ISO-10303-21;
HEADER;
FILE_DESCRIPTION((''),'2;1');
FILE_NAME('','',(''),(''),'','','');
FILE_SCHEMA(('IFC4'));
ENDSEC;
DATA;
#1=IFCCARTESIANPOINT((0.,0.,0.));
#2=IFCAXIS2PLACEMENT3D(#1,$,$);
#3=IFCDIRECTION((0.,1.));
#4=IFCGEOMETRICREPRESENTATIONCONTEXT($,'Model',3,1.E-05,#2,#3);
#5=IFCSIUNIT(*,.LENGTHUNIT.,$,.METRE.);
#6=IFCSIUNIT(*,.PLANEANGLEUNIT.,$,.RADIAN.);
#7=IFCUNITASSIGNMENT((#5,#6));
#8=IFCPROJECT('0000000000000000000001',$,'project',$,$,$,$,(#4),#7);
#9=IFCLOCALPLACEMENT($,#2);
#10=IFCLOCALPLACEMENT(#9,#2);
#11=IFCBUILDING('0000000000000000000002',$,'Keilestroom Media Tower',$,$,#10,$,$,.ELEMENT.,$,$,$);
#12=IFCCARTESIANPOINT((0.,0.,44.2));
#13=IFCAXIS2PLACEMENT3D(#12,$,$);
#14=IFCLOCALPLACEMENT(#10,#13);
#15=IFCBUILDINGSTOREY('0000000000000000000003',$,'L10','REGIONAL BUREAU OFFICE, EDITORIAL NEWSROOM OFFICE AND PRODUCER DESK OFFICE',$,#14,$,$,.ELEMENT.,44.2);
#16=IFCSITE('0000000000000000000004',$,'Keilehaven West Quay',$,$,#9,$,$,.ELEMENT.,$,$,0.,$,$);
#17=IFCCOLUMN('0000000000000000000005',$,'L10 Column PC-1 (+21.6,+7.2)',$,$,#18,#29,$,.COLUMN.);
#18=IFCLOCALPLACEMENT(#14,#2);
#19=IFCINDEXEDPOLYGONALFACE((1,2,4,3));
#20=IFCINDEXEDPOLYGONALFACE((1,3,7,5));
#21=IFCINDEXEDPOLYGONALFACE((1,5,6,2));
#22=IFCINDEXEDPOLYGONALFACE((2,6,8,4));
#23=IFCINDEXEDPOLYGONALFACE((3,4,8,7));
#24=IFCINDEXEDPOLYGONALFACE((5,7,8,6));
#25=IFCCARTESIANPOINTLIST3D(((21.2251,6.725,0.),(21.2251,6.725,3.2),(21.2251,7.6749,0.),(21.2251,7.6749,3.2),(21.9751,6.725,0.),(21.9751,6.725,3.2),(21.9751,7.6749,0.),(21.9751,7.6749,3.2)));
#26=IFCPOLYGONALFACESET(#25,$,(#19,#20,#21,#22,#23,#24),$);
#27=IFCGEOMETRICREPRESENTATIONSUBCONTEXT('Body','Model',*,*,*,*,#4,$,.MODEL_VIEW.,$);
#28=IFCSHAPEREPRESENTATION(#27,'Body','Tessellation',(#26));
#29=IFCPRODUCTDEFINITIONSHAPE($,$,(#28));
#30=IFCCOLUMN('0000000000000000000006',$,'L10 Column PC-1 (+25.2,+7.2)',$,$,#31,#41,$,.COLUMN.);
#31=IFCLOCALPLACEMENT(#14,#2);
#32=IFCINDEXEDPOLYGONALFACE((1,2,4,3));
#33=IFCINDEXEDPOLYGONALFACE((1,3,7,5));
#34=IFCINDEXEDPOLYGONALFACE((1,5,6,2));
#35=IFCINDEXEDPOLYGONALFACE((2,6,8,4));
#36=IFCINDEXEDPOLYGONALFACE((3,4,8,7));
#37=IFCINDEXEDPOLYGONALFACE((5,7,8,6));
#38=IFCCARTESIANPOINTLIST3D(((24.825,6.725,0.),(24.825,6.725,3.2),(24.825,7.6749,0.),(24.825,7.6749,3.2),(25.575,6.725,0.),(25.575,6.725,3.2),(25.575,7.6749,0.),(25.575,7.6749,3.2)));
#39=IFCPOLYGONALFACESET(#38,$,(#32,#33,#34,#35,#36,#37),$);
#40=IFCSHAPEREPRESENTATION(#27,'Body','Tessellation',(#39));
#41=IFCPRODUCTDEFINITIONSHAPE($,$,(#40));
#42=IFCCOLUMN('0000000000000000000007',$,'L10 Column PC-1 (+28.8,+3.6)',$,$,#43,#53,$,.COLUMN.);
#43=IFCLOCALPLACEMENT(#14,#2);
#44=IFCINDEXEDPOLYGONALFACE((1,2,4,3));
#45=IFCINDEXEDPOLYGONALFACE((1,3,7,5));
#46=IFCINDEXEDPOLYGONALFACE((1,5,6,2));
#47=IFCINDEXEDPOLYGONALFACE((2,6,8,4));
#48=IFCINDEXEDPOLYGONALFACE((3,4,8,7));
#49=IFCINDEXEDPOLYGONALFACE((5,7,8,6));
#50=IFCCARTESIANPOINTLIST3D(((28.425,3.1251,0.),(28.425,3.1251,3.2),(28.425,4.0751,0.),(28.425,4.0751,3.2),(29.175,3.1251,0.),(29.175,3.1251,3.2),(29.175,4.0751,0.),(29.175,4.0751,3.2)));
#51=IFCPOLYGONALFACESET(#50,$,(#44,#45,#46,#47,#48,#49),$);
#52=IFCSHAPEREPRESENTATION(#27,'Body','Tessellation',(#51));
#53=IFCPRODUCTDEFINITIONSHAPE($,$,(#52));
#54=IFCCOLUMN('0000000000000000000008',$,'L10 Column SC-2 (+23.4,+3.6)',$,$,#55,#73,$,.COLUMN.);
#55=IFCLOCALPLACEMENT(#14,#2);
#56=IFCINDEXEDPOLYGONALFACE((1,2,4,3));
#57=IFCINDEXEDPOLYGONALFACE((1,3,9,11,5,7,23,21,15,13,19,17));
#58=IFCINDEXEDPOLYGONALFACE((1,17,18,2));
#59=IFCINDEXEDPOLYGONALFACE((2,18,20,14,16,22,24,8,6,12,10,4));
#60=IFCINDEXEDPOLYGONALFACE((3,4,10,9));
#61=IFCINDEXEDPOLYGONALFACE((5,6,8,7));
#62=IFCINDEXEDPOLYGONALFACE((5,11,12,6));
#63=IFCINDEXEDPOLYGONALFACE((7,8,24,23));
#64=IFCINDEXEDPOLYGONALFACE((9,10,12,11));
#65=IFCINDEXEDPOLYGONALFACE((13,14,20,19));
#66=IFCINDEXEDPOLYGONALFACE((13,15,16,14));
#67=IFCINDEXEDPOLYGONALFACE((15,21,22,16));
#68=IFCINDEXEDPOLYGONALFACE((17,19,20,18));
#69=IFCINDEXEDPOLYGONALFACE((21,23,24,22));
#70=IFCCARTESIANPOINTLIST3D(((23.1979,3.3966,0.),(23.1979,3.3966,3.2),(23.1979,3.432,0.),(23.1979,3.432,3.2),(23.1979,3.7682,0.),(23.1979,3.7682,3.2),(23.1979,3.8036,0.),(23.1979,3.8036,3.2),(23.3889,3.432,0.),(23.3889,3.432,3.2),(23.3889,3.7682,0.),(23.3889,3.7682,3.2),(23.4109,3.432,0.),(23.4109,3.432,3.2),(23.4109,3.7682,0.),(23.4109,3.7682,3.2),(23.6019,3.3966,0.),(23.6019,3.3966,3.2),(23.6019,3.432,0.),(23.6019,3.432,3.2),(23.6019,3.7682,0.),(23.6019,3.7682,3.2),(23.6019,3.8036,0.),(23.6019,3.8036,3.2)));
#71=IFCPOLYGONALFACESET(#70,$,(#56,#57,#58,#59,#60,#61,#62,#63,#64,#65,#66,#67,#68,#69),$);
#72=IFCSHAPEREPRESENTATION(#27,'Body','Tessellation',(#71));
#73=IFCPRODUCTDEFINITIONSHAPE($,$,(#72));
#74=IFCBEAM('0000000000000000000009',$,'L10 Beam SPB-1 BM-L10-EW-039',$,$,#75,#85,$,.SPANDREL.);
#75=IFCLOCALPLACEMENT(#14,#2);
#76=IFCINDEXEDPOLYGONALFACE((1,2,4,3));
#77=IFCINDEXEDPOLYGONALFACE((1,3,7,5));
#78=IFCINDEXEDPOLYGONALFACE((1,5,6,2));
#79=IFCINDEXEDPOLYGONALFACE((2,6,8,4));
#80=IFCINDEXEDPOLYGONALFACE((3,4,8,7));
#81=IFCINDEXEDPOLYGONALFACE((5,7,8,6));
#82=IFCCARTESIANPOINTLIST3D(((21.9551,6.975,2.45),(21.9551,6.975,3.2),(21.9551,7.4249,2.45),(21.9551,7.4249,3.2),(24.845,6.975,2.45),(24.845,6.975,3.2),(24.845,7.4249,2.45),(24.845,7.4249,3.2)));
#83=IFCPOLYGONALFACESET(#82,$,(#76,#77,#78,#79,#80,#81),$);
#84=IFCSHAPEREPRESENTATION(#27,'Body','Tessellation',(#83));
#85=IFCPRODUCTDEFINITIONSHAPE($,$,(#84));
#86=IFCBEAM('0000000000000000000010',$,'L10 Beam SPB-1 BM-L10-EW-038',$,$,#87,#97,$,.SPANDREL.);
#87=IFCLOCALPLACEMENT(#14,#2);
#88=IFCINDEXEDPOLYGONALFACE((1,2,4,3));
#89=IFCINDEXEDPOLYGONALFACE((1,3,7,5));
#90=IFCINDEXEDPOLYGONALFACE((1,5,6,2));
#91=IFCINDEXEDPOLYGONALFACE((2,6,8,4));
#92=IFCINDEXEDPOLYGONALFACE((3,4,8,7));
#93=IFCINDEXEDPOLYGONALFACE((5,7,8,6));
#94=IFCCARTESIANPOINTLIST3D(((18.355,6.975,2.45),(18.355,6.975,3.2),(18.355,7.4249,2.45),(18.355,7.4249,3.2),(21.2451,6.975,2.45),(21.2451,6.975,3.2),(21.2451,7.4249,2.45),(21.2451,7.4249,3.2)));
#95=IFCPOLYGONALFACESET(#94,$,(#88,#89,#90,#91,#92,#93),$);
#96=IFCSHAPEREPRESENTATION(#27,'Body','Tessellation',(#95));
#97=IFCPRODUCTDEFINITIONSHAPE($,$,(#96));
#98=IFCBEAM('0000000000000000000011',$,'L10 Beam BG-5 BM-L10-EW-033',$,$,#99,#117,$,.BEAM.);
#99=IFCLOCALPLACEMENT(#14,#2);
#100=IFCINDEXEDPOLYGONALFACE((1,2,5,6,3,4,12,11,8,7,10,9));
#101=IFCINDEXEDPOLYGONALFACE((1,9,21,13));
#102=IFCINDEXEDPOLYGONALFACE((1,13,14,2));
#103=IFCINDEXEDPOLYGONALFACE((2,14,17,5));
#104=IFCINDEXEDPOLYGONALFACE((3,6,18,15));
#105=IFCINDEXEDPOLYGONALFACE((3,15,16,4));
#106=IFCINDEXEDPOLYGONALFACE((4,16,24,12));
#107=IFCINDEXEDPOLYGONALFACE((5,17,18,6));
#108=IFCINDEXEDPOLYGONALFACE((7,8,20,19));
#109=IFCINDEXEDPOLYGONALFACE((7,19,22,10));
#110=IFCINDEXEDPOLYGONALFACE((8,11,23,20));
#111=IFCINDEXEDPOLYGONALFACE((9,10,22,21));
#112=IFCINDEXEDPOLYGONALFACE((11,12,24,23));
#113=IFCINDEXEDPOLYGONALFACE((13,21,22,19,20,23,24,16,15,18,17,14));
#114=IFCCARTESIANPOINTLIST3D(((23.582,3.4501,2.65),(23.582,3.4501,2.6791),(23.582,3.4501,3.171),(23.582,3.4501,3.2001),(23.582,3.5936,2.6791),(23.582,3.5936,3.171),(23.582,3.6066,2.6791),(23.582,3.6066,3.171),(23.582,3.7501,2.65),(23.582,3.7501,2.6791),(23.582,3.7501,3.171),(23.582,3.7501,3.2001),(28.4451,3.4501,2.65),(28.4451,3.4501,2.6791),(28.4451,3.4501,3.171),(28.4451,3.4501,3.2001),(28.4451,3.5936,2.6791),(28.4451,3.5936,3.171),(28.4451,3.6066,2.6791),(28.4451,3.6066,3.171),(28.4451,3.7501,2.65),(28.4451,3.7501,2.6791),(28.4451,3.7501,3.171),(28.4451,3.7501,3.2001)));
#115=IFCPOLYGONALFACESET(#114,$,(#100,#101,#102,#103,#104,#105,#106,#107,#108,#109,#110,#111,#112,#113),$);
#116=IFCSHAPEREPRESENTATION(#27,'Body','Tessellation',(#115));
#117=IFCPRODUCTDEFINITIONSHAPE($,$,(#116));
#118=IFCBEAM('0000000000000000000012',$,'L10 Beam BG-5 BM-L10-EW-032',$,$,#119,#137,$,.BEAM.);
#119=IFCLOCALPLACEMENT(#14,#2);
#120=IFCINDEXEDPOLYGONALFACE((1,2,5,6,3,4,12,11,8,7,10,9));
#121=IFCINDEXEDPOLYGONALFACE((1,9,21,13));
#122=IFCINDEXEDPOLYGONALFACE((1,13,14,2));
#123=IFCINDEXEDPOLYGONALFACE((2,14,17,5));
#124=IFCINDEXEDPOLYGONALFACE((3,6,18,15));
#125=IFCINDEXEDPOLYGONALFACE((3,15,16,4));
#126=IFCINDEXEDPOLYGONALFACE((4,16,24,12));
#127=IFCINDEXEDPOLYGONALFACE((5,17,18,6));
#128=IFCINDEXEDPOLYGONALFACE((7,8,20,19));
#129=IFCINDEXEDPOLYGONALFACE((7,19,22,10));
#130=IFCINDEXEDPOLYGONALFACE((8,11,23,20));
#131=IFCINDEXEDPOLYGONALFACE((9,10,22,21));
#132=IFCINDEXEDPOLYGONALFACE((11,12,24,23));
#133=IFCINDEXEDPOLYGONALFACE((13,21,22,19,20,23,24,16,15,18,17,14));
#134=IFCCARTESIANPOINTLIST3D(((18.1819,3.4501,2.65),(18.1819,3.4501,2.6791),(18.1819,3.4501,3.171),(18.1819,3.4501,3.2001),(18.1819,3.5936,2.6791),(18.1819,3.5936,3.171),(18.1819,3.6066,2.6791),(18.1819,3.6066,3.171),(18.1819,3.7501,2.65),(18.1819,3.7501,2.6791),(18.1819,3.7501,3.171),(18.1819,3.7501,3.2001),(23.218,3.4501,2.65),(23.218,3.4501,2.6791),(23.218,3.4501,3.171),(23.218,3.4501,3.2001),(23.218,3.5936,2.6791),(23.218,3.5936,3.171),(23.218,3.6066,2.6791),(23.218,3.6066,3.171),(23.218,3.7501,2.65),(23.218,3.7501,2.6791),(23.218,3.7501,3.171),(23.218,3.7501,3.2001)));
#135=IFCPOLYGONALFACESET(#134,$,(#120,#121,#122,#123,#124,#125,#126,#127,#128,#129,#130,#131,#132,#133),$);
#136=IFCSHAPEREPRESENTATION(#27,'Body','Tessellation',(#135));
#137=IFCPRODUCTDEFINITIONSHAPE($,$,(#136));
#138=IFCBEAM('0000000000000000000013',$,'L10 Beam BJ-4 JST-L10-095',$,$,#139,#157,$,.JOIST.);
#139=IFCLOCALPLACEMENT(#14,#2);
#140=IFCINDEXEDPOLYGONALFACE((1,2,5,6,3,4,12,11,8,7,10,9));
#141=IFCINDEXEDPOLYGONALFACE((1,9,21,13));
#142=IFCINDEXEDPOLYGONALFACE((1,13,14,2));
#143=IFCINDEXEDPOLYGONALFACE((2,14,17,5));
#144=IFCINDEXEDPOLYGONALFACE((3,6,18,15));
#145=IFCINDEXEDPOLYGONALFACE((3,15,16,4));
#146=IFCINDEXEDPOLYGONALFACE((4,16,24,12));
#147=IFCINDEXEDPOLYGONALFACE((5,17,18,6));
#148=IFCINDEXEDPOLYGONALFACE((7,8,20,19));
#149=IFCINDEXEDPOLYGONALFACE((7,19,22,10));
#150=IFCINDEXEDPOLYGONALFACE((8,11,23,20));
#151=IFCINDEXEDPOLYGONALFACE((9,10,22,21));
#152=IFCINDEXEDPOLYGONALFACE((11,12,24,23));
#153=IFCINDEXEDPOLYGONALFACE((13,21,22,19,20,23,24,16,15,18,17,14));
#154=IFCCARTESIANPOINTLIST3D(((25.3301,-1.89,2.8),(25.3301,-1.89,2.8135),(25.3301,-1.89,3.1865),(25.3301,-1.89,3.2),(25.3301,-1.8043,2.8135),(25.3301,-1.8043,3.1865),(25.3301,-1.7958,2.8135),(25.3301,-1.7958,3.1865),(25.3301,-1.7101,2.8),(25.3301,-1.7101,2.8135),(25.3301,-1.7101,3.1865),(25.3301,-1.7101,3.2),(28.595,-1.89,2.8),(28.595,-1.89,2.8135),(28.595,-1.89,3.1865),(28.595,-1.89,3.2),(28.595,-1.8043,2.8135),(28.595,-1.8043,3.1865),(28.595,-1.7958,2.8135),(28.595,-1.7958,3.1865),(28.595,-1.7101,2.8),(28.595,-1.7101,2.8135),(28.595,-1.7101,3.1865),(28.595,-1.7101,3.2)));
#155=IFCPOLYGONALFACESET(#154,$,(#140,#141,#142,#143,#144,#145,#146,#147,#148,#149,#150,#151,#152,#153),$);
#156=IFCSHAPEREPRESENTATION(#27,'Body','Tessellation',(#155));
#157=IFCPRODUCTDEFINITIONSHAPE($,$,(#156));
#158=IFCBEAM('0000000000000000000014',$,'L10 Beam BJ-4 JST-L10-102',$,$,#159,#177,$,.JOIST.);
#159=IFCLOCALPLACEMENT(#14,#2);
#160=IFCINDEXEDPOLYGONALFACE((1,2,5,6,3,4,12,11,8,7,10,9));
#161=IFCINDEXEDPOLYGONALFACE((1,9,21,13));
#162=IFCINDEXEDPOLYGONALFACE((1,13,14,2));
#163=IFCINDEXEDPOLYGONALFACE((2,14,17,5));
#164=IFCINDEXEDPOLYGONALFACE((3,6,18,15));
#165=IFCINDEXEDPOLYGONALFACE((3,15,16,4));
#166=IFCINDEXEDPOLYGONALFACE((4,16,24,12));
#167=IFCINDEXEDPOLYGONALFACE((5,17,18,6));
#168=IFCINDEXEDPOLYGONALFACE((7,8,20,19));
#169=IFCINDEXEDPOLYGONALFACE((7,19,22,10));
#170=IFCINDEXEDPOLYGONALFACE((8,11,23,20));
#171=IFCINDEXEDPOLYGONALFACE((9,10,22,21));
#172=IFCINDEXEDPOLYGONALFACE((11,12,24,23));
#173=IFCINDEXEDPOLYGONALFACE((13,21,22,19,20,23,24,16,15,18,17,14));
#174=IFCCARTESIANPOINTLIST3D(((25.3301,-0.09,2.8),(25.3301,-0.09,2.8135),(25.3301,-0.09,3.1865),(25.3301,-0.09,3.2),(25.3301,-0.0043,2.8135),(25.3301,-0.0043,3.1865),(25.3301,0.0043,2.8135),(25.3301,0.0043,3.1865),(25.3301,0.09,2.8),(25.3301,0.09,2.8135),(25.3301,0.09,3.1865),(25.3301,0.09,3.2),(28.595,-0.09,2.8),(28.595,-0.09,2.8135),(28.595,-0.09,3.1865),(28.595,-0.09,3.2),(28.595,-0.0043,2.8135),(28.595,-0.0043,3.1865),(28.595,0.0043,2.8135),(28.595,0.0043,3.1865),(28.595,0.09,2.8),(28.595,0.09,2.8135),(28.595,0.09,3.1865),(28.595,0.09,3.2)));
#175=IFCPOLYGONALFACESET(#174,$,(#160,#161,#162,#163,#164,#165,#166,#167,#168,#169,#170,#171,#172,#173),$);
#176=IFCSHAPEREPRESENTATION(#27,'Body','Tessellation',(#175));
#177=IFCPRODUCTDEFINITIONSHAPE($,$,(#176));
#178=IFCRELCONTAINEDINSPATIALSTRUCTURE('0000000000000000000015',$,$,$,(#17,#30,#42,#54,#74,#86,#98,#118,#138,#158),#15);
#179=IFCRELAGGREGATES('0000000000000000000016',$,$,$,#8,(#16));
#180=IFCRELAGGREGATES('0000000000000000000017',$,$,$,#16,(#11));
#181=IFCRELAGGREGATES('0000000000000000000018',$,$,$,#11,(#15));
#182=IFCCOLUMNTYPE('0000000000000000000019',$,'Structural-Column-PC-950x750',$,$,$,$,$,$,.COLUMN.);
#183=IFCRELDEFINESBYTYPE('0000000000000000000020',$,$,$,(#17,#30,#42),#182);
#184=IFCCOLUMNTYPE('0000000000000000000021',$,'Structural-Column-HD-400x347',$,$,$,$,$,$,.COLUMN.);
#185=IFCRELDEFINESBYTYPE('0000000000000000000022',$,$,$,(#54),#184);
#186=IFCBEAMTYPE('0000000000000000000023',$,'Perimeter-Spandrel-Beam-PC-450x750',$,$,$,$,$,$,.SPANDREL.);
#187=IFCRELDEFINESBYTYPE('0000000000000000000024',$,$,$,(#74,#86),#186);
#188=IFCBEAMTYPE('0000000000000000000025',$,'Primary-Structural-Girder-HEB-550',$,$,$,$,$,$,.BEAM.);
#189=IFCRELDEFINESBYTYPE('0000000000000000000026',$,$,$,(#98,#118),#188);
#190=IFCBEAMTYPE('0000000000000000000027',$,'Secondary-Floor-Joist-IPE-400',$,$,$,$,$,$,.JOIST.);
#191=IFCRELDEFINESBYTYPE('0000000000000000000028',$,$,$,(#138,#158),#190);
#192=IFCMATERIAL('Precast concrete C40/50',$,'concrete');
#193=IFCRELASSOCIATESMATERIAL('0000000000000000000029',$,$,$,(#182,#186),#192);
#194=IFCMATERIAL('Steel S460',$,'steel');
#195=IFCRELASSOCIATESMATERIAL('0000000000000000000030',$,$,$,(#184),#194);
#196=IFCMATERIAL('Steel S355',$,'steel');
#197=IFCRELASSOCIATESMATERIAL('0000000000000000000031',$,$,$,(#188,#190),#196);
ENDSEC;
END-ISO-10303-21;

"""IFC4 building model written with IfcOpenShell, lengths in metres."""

from ifc_helpers import new_model, si_unit, direction, frame, origin, origin_2d, place, context, subcontext, project, spatial, rectangle, i_section, extrude, source, transform, mapped, material, material_profile, profile_set, type_object, element, save


model = new_model("IFC4")

# Units and contexts
model_context = context("Model", 3, precision=1e-05, world=origin(), true_north=direction((0.0, 1.0)))
body_context = subcontext(model_context, "Body", "Model", "MODEL_VIEW")
ifc_project = project(units=[si_unit("LENGTHUNIT", "METRE"), si_unit("PLANEANGLEUNIT", "RADIAN")], contexts=[model_context])

# Site, building, storey
site_placement = place(None, origin())
site = spatial("IfcSite", under=ifc_project, at=site_placement, Name="Keilehaven West Quay", CompositionType="ELEMENT", RefElevation=0.0)
building_placement = place(site_placement, origin())
building = spatial("IfcBuilding", under=site, at=building_placement, Name="Keilestroom Media Tower", CompositionType="ELEMENT")
storey_placement = place(building_placement, frame((0.0, 0.0, 44.2)))
storey = spatial("IfcBuildingStorey", under=building, at=storey_placement, Name="L10", Description="REGIONAL BUREAU OFFICE, EDITORIAL NEWSROOM OFFICE AND PRODUCER DESK OFFICE", CompositionType="ELEMENT", Elevation=44.2)

# Columns
ifc_material_1 = material(Name="Precast concrete C40/50", Category="concrete")
ifc_material_profile_1 = material_profile(ifc_material_1, rectangle(XDim=0.75, YDim=0.95, at=origin_2d()), Name="PC 950x750")
ifc_profile_set_1 = profile_set([ifc_material_profile_1], Name="Precast concrete C40/50")
column_type_1 = type_object("IfcColumnType", Name="Structural-Column-PC-950x750", PredefinedType="COLUMN", material=ifc_profile_set_1)
shared_shape_1 = source(origin(), body_context, "Body", "SweptSolid", [
    extrude(rectangle(XDim=0.75, YDim=0.95, at=origin_2d()), origin(), (0.0, 0.0, 1.0), 3.2),
])
for number, where, z_axis, x_axis, name in (
    (1, (21.6001, 7.2, 0.0), (0.0, 0.0, 1.0), (1.0, 0.0, 0.0), "L10 Column PC-1 (+21.6,+7.2)"),
    (2, (25.2, 7.2, 0.0), (0.0, 0.0, 1.0), (1.0, 0.0, 0.0), "L10 Column PC-1 (+25.2,+7.2)"),
    (3, (28.8, 3.6001, 0.0), (0.0, 0.0, 1.0), (1.0, 0.0, 0.0), "L10 Column PC-1 (+28.8,+3.6)"),
):
    element("IfcColumn", number, at=place(storey_placement, frame(where, z_axis=z_axis, x_axis=x_axis)), inside=storey, type_object=column_type_1, Name=name, PredefinedType="COLUMN", context=body_context, shape_type="MappedRepresentation", body=[
        mapped(shared_shape_1, transform((0.0, 0.0, 0.0), x_axis=(1.0, 0.0, 0.0), y_axis=(0.0, 1.0, 0.0), z_axis=(0.0, 0.0, 1.0), scale=1.0)),
    ])
ifc_material_2 = material(Name="Steel S460", Category="steel")
ifc_material_profile_2 = material_profile(ifc_material_2, i_section(OverallWidth=0.4041, OverallDepth=0.407, WebThickness=0.022, FlangeThickness=0.0354, at=origin_2d()), Name="HD 400x347")
ifc_profile_set_2 = profile_set([ifc_material_profile_2], Name="Steel S460")
column_type_2 = type_object("IfcColumnType", Name="Structural-Column-HD-400x347", PredefinedType="COLUMN", material=ifc_profile_set_2)
shared_shape_2 = source(origin(), body_context, "Body", "SweptSolid", [
    extrude(i_section(OverallWidth=0.4041, OverallDepth=0.407, WebThickness=0.022, FlangeThickness=0.0354, at=origin_2d()), origin(), (0.0, 0.0, 1.0), 3.2),
])
column_placement = place(storey_placement, frame((23.3999, 3.6001, 0.0), z_axis=(0.0, 0.0, 1.0), x_axis=(1.0, 0.0, 0.0)))
element("IfcColumn", 4, at=column_placement, inside=storey, type_object=column_type_2, Name="L10 Column SC-2 (+23.4,+3.6)", PredefinedType="COLUMN", context=body_context, shape_type="MappedRepresentation", body=[
    mapped(shared_shape_2, transform((0.0, 0.0, 0.0), x_axis=(1.0, 0.0, 0.0), y_axis=(0.0, 1.0, 0.0), z_axis=(0.0, 0.0, 1.0), scale=1.0)),
])

# Beams
ifc_material_profile_3 = material_profile(ifc_material_1, rectangle(XDim=0.45, YDim=0.75, at=origin_2d()), Name="PC 450x750")
ifc_profile_set_3 = profile_set([ifc_material_profile_3], Name="Precast concrete C40/50")
beam_type_1 = type_object("IfcBeamType", Name="Perimeter-Spandrel-Beam-PC-450x750", PredefinedType="SPANDREL", material=ifc_profile_set_3)
shared_shape_3 = source(origin(), body_context, "Body", "SweptSolid", [
    extrude(rectangle(XDim=0.45, YDim=0.75, at=origin_2d()), origin(), (0.0, 0.0, 1.0), 2.8899),
])
beam_1_placement = place(storey_placement, frame((21.9551, 7.2, 2.825), z_axis=(1.0, 0.0, 0.0), x_axis=(0.0, 1.0, 0.0)))
element("IfcBeam", 5, at=beam_1_placement, inside=storey, type_object=beam_type_1, Name="L10 Beam SPB-1 BM-L10-EW-039", PredefinedType="SPANDREL", context=body_context, shape_type="MappedRepresentation", body=[
    mapped(shared_shape_3, transform((0.0, 0.0, 0.0), x_axis=(1.0, 0.0, 0.0), y_axis=(0.0, 1.0, 0.0), z_axis=(0.0, 0.0, 1.0), scale=1.0)),
])
shared_shape_4 = source(origin(), body_context, "Body", "SweptSolid", [
    extrude(rectangle(XDim=0.45, YDim=0.75, at=origin_2d()), origin(), (0.0, 0.0, 1.0), 2.8901),
])
beam_2_placement = place(storey_placement, frame((18.355, 7.2, 2.825), z_axis=(1.0, 0.0, 0.0), x_axis=(0.0, 1.0, 0.0)))
element("IfcBeam", 6, at=beam_2_placement, inside=storey, type_object=beam_type_1, Name="L10 Beam SPB-1 BM-L10-EW-038", PredefinedType="SPANDREL", context=body_context, shape_type="MappedRepresentation", body=[
    mapped(shared_shape_4, transform((0.0, 0.0, 0.0), x_axis=(1.0, 0.0, 0.0), y_axis=(0.0, 1.0, 0.0), z_axis=(0.0, 0.0, 1.0), scale=1.0)),
])
ifc_material_3 = material(Name="Steel S355", Category="steel")
ifc_material_profile_4 = material_profile(ifc_material_3, i_section(OverallWidth=0.3, OverallDepth=0.55, WebThickness=0.0129, FlangeThickness=0.0291, at=origin_2d()), Name="HEB 550")
ifc_profile_set_4 = profile_set([ifc_material_profile_4], Name="Steel S355")
beam_type_2 = type_object("IfcBeamType", Name="Primary-Structural-Girder-HEB-550", PredefinedType="BEAM", material=ifc_profile_set_4)
shared_shape_5 = source(origin(), body_context, "Body", "SweptSolid", [
    extrude(i_section(OverallWidth=0.3, OverallDepth=0.55, WebThickness=0.0129, FlangeThickness=0.0291, at=origin_2d()), origin(), (0.0, 0.0, 1.0), 4.863),
])
beam_3_placement = place(storey_placement, frame((23.582, 3.6001, 2.925), z_axis=(1.0, 0.0, 0.0), x_axis=(0.0, 1.0, 0.0)))
element("IfcBeam", 7, at=beam_3_placement, inside=storey, type_object=beam_type_2, Name="L10 Beam BG-5 BM-L10-EW-033", PredefinedType="BEAM", context=body_context, shape_type="MappedRepresentation", body=[
    mapped(shared_shape_5, transform((0.0, 0.0, 0.0), x_axis=(1.0, 0.0, 0.0), y_axis=(0.0, 1.0, 0.0), z_axis=(0.0, 0.0, 1.0), scale=1.0)),
])
shared_shape_6 = source(origin(), body_context, "Body", "SweptSolid", [
    extrude(i_section(OverallWidth=0.3, OverallDepth=0.55, WebThickness=0.0129, FlangeThickness=0.0291, at=origin_2d()), origin(), (0.0, 0.0, 1.0), 5.0361),
])
beam_4_placement = place(storey_placement, frame((18.1819, 3.6001, 2.925), z_axis=(1.0, 0.0, 0.0), x_axis=(0.0, 1.0, 0.0)))
element("IfcBeam", 8, at=beam_4_placement, inside=storey, type_object=beam_type_2, Name="L10 Beam BG-5 BM-L10-EW-032", PredefinedType="BEAM", context=body_context, shape_type="MappedRepresentation", body=[
    mapped(shared_shape_6, transform((0.0, 0.0, 0.0), x_axis=(1.0, 0.0, 0.0), y_axis=(0.0, 1.0, 0.0), z_axis=(0.0, 0.0, 1.0), scale=1.0)),
])
ifc_material_profile_5 = material_profile(ifc_material_3, i_section(OverallWidth=0.1799, OverallDepth=0.3999, WebThickness=0.0085, FlangeThickness=0.0134, at=origin_2d()), Name="IPE 400")
ifc_profile_set_5 = profile_set([ifc_material_profile_5], Name="Steel S355")
beam_type_3 = type_object("IfcBeamType", Name="Secondary-Floor-Joist-IPE-400", PredefinedType="JOIST", material=ifc_profile_set_5)
shared_shape_7 = source(origin(), body_context, "Body", "SweptSolid", [
    extrude(i_section(OverallWidth=0.1799, OverallDepth=0.3999, WebThickness=0.0085, FlangeThickness=0.0134, at=origin_2d()), origin(), (0.0, 0.0, 1.0), 3.2649),
])
for number, where, z_axis, x_axis, name in (
    (9, (25.3301, -1.8, 3.0), (1.0, 0.0, 0.0), (0.0, 1.0, 0.0), "L10 Beam BJ-4 JST-L10-095"),
    (10, (25.3301, 0.0, 3.0), (1.0, 0.0, 0.0), (0.0, 1.0, 0.0), "L10 Beam BJ-4 JST-L10-102"),
):
    element("IfcBeam", number, at=place(storey_placement, frame(where, z_axis=z_axis, x_axis=x_axis)), inside=storey, type_object=beam_type_3, Name=name, PredefinedType="JOIST", context=body_context, shape_type="MappedRepresentation", body=[
        mapped(shared_shape_7, transform((0.0, 0.0, 0.0), x_axis=(1.0, 0.0, 0.0), y_axis=(0.0, 1.0, 0.0), z_axis=(0.0, 0.0, 1.0), scale=1.0)),
    ])

save(model, "model.ifc")
